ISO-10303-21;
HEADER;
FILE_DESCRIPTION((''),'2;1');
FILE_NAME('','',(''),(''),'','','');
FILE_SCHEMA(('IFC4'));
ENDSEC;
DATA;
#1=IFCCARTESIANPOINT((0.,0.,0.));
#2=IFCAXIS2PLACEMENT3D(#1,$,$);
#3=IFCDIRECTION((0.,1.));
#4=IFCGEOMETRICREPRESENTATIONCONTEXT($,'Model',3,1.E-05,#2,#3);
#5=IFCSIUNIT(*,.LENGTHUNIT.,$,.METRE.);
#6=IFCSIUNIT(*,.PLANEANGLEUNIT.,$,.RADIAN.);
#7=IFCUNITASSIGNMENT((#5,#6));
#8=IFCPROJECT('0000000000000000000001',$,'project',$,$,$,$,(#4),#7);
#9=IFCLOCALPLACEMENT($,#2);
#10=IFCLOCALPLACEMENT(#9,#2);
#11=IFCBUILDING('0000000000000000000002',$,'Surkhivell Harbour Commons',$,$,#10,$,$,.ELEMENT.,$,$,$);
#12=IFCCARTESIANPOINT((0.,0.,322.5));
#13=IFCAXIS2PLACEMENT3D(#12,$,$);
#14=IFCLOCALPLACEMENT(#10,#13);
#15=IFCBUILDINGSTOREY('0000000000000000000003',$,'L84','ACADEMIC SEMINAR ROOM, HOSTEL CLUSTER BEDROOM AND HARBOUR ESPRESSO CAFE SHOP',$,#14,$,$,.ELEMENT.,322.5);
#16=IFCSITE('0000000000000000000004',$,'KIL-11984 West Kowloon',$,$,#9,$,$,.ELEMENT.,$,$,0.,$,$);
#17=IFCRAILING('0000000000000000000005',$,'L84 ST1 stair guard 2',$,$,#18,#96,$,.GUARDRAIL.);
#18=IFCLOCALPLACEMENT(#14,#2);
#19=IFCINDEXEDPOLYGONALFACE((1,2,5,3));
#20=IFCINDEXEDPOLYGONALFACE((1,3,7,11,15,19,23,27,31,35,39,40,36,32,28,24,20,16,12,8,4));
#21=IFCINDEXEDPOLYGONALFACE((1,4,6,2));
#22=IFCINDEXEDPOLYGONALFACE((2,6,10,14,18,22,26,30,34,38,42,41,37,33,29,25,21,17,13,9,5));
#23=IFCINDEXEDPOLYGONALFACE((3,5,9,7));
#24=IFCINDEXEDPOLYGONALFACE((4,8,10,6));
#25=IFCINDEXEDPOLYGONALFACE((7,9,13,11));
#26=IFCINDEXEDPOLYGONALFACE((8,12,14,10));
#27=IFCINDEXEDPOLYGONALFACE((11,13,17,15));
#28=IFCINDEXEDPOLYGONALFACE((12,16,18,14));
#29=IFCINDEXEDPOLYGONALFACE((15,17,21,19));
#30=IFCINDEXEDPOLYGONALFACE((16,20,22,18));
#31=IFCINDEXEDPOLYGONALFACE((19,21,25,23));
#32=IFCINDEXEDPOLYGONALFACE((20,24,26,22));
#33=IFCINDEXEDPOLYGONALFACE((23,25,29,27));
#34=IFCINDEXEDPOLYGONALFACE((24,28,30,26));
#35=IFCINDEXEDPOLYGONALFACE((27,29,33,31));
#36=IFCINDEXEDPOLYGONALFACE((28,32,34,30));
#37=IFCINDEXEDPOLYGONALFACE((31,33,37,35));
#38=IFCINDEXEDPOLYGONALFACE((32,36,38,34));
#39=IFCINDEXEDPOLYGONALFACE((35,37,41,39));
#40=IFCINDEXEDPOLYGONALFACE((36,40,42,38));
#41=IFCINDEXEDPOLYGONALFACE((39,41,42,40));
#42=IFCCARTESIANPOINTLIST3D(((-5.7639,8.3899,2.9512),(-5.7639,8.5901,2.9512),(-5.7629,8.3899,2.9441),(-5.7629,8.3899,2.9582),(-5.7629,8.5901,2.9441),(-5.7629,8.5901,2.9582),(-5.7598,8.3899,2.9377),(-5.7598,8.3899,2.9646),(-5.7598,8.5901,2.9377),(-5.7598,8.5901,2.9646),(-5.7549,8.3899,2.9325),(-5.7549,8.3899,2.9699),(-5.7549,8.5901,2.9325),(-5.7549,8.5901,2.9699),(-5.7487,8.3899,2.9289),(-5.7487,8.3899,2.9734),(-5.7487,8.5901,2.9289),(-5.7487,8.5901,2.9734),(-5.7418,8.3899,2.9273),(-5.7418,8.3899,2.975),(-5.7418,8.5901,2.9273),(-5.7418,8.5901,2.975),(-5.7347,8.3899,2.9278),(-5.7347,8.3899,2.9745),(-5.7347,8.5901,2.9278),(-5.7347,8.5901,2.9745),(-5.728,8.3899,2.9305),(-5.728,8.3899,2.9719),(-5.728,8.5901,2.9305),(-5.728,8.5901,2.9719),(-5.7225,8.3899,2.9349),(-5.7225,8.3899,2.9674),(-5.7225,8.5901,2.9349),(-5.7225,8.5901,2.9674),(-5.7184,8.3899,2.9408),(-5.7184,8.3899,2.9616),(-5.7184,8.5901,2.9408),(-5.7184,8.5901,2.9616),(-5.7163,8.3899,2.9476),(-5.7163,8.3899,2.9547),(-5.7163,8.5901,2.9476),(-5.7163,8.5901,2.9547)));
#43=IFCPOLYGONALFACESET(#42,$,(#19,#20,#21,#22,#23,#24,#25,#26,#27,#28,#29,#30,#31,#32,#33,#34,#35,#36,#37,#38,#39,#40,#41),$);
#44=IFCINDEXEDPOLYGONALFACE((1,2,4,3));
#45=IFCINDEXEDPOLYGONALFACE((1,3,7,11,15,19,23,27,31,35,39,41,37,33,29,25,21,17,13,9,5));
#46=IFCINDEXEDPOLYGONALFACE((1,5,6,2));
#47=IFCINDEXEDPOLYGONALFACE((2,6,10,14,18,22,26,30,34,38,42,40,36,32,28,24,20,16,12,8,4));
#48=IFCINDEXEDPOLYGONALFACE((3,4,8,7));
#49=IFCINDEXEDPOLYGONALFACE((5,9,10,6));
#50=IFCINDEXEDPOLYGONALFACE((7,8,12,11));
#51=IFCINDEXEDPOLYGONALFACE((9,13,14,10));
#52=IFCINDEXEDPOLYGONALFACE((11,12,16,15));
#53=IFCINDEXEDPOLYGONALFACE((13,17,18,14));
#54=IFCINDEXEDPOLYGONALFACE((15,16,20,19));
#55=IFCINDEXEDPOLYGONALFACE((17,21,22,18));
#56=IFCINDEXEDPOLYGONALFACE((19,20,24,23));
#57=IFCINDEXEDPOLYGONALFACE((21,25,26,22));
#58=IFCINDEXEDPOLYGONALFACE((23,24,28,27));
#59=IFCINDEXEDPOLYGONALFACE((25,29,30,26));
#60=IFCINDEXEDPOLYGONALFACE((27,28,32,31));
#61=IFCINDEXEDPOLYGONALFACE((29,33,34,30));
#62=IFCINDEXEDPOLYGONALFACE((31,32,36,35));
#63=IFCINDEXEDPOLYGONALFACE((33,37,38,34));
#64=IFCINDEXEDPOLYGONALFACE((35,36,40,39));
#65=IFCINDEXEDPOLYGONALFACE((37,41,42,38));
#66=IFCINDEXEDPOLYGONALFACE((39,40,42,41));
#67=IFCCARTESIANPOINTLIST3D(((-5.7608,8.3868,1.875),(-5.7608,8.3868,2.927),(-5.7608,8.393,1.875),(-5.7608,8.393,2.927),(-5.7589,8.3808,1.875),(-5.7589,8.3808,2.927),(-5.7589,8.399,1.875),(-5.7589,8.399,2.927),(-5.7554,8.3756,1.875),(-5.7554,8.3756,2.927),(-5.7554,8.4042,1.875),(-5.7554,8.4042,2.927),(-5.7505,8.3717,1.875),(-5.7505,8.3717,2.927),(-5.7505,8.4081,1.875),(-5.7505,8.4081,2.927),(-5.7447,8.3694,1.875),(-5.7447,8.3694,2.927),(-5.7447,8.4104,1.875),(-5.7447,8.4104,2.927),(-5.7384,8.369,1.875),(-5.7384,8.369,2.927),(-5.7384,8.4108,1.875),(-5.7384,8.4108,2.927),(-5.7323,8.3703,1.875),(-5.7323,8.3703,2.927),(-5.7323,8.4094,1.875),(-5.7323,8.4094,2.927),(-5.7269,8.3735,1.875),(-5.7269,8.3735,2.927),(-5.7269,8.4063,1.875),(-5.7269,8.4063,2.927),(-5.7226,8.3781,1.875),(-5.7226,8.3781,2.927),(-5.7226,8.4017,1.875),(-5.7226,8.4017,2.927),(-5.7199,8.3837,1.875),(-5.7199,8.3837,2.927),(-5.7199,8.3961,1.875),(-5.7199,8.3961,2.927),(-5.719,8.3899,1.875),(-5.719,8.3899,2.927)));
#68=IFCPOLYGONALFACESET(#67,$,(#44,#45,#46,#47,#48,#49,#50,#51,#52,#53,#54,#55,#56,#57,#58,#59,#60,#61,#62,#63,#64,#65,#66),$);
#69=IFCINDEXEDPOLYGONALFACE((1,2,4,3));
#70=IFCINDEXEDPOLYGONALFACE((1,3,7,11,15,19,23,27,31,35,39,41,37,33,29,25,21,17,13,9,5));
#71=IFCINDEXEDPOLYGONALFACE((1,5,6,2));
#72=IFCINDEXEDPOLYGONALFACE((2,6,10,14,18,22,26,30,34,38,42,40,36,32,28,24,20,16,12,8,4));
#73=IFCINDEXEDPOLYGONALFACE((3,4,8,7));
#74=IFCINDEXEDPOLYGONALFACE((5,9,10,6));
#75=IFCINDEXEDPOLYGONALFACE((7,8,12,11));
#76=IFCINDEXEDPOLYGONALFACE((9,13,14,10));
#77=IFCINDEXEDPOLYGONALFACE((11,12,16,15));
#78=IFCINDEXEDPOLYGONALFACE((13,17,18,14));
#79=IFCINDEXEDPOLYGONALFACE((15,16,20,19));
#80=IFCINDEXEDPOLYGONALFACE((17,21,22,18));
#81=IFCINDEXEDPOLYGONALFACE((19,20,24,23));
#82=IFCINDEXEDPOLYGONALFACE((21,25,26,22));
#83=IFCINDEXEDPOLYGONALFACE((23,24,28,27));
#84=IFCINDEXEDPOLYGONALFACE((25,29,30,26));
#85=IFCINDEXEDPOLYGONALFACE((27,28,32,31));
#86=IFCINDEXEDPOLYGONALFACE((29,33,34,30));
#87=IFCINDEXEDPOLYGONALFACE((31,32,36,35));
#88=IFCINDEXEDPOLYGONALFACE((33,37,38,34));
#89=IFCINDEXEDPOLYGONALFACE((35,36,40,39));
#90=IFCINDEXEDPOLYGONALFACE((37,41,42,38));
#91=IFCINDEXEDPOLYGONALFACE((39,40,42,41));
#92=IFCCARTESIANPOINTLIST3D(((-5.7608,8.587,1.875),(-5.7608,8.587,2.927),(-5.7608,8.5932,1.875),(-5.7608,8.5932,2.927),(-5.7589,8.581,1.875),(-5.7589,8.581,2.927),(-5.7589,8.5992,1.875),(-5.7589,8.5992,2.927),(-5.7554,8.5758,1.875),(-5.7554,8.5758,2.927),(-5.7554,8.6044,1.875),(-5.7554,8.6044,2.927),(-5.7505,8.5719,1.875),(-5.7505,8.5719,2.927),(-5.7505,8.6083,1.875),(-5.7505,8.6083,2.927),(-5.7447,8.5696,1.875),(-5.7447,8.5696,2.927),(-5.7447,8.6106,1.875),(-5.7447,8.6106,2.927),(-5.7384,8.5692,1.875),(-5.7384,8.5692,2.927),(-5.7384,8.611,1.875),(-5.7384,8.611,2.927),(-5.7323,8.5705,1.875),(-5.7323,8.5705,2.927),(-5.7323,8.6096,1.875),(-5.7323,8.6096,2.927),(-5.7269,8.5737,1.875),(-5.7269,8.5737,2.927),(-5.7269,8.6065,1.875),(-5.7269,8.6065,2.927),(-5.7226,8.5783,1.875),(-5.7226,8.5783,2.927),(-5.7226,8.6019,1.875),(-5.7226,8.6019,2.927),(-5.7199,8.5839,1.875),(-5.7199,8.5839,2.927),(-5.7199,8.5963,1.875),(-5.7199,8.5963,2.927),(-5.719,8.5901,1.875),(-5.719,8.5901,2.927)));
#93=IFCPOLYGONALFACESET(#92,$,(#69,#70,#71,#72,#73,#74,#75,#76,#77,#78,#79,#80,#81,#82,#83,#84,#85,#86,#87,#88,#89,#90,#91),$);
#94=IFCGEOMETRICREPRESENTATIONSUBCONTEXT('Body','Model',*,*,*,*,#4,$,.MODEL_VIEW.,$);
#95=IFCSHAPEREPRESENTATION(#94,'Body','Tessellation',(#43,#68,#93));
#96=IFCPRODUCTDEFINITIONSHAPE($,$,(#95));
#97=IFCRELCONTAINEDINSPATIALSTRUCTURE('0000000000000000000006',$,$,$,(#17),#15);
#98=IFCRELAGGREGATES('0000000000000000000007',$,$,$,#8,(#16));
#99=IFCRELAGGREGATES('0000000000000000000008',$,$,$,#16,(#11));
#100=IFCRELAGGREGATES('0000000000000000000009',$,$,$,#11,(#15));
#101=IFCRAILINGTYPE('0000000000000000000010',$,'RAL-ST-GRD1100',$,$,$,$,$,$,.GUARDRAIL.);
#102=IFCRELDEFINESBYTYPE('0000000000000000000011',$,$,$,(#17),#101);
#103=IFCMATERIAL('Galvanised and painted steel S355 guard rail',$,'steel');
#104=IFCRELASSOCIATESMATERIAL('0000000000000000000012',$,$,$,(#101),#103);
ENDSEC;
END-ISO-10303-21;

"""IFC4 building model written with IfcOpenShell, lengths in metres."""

from ifc_helpers import new_model, si_unit, direction, frame, origin, origin_2d, place, context, subcontext, project, spatial, circle, extrude, material, type_object, element, save


model = new_model("IFC4")

# Units and contexts
model_context = context("Model", 3, precision=1e-05, world=origin(), true_north=direction((0.0, 1.0)))
body_context = subcontext(model_context, "Body", "Model", "MODEL_VIEW")
ifc_project = project(units=[si_unit("LENGTHUNIT", "METRE"), si_unit("PLANEANGLEUNIT", "RADIAN")], contexts=[model_context])

# Site, building, storey
site_placement = place(None, origin())
site = spatial("IfcSite", under=ifc_project, at=site_placement, Name="KIL-11984 West Kowloon", CompositionType="ELEMENT", RefElevation=0.0)
building_placement = place(site_placement, origin())
building = spatial("IfcBuilding", under=site, at=building_placement, Name="Surkhivell Harbour Commons", CompositionType="ELEMENT")
storey_placement = place(building_placement, frame((0.0, 0.0, 322.5)))
storey = spatial("IfcBuildingStorey", under=building, at=storey_placement, Name="L84", Description="ACADEMIC SEMINAR ROOM, HOSTEL CLUSTER BEDROOM AND HARBOUR ESPRESSO CAFE SHOP", CompositionType="ELEMENT", Elevation=322.5)

# Railing
ifc_material_1 = material(Name="Galvanised and painted steel S355 guard rail", Category="steel")
railing_type_1 = type_object("IfcRailingType", Name="RAL-ST-GRD1100", PredefinedType="GUARDRAIL", material=ifc_material_1)
railing_1_placement = place(storey_placement, frame((-5.74, 8.3899, 1.875)))
element("IfcRailing", 1, at=railing_1_placement, inside=storey, type_object=railing_type_1, Name="L84 ST1 stair guard 2", PredefinedType="GUARDRAIL", context=body_context, shape_type="SweptSolid", body=[
    extrude(circle(Radius=0.0239, at=origin_2d()), frame((0.0, 0.0, 1.0762), z_axis=(0.0, 1.0, 0.0), x_axis=(-1.0, 0.0, 0.0)), (0.0, 0.0, 1.0), 0.2002),
    extrude(circle(Radius=0.021, at=origin_2d()), origin(), (0.0, 0.0, 1.0), 1.052),
    extrude(circle(Radius=0.021, at=origin_2d()), frame((0.0, 0.2002, 0.0)), (0.0, 0.0, 1.0), 1.052),
])

save(model, "model.ifc")
